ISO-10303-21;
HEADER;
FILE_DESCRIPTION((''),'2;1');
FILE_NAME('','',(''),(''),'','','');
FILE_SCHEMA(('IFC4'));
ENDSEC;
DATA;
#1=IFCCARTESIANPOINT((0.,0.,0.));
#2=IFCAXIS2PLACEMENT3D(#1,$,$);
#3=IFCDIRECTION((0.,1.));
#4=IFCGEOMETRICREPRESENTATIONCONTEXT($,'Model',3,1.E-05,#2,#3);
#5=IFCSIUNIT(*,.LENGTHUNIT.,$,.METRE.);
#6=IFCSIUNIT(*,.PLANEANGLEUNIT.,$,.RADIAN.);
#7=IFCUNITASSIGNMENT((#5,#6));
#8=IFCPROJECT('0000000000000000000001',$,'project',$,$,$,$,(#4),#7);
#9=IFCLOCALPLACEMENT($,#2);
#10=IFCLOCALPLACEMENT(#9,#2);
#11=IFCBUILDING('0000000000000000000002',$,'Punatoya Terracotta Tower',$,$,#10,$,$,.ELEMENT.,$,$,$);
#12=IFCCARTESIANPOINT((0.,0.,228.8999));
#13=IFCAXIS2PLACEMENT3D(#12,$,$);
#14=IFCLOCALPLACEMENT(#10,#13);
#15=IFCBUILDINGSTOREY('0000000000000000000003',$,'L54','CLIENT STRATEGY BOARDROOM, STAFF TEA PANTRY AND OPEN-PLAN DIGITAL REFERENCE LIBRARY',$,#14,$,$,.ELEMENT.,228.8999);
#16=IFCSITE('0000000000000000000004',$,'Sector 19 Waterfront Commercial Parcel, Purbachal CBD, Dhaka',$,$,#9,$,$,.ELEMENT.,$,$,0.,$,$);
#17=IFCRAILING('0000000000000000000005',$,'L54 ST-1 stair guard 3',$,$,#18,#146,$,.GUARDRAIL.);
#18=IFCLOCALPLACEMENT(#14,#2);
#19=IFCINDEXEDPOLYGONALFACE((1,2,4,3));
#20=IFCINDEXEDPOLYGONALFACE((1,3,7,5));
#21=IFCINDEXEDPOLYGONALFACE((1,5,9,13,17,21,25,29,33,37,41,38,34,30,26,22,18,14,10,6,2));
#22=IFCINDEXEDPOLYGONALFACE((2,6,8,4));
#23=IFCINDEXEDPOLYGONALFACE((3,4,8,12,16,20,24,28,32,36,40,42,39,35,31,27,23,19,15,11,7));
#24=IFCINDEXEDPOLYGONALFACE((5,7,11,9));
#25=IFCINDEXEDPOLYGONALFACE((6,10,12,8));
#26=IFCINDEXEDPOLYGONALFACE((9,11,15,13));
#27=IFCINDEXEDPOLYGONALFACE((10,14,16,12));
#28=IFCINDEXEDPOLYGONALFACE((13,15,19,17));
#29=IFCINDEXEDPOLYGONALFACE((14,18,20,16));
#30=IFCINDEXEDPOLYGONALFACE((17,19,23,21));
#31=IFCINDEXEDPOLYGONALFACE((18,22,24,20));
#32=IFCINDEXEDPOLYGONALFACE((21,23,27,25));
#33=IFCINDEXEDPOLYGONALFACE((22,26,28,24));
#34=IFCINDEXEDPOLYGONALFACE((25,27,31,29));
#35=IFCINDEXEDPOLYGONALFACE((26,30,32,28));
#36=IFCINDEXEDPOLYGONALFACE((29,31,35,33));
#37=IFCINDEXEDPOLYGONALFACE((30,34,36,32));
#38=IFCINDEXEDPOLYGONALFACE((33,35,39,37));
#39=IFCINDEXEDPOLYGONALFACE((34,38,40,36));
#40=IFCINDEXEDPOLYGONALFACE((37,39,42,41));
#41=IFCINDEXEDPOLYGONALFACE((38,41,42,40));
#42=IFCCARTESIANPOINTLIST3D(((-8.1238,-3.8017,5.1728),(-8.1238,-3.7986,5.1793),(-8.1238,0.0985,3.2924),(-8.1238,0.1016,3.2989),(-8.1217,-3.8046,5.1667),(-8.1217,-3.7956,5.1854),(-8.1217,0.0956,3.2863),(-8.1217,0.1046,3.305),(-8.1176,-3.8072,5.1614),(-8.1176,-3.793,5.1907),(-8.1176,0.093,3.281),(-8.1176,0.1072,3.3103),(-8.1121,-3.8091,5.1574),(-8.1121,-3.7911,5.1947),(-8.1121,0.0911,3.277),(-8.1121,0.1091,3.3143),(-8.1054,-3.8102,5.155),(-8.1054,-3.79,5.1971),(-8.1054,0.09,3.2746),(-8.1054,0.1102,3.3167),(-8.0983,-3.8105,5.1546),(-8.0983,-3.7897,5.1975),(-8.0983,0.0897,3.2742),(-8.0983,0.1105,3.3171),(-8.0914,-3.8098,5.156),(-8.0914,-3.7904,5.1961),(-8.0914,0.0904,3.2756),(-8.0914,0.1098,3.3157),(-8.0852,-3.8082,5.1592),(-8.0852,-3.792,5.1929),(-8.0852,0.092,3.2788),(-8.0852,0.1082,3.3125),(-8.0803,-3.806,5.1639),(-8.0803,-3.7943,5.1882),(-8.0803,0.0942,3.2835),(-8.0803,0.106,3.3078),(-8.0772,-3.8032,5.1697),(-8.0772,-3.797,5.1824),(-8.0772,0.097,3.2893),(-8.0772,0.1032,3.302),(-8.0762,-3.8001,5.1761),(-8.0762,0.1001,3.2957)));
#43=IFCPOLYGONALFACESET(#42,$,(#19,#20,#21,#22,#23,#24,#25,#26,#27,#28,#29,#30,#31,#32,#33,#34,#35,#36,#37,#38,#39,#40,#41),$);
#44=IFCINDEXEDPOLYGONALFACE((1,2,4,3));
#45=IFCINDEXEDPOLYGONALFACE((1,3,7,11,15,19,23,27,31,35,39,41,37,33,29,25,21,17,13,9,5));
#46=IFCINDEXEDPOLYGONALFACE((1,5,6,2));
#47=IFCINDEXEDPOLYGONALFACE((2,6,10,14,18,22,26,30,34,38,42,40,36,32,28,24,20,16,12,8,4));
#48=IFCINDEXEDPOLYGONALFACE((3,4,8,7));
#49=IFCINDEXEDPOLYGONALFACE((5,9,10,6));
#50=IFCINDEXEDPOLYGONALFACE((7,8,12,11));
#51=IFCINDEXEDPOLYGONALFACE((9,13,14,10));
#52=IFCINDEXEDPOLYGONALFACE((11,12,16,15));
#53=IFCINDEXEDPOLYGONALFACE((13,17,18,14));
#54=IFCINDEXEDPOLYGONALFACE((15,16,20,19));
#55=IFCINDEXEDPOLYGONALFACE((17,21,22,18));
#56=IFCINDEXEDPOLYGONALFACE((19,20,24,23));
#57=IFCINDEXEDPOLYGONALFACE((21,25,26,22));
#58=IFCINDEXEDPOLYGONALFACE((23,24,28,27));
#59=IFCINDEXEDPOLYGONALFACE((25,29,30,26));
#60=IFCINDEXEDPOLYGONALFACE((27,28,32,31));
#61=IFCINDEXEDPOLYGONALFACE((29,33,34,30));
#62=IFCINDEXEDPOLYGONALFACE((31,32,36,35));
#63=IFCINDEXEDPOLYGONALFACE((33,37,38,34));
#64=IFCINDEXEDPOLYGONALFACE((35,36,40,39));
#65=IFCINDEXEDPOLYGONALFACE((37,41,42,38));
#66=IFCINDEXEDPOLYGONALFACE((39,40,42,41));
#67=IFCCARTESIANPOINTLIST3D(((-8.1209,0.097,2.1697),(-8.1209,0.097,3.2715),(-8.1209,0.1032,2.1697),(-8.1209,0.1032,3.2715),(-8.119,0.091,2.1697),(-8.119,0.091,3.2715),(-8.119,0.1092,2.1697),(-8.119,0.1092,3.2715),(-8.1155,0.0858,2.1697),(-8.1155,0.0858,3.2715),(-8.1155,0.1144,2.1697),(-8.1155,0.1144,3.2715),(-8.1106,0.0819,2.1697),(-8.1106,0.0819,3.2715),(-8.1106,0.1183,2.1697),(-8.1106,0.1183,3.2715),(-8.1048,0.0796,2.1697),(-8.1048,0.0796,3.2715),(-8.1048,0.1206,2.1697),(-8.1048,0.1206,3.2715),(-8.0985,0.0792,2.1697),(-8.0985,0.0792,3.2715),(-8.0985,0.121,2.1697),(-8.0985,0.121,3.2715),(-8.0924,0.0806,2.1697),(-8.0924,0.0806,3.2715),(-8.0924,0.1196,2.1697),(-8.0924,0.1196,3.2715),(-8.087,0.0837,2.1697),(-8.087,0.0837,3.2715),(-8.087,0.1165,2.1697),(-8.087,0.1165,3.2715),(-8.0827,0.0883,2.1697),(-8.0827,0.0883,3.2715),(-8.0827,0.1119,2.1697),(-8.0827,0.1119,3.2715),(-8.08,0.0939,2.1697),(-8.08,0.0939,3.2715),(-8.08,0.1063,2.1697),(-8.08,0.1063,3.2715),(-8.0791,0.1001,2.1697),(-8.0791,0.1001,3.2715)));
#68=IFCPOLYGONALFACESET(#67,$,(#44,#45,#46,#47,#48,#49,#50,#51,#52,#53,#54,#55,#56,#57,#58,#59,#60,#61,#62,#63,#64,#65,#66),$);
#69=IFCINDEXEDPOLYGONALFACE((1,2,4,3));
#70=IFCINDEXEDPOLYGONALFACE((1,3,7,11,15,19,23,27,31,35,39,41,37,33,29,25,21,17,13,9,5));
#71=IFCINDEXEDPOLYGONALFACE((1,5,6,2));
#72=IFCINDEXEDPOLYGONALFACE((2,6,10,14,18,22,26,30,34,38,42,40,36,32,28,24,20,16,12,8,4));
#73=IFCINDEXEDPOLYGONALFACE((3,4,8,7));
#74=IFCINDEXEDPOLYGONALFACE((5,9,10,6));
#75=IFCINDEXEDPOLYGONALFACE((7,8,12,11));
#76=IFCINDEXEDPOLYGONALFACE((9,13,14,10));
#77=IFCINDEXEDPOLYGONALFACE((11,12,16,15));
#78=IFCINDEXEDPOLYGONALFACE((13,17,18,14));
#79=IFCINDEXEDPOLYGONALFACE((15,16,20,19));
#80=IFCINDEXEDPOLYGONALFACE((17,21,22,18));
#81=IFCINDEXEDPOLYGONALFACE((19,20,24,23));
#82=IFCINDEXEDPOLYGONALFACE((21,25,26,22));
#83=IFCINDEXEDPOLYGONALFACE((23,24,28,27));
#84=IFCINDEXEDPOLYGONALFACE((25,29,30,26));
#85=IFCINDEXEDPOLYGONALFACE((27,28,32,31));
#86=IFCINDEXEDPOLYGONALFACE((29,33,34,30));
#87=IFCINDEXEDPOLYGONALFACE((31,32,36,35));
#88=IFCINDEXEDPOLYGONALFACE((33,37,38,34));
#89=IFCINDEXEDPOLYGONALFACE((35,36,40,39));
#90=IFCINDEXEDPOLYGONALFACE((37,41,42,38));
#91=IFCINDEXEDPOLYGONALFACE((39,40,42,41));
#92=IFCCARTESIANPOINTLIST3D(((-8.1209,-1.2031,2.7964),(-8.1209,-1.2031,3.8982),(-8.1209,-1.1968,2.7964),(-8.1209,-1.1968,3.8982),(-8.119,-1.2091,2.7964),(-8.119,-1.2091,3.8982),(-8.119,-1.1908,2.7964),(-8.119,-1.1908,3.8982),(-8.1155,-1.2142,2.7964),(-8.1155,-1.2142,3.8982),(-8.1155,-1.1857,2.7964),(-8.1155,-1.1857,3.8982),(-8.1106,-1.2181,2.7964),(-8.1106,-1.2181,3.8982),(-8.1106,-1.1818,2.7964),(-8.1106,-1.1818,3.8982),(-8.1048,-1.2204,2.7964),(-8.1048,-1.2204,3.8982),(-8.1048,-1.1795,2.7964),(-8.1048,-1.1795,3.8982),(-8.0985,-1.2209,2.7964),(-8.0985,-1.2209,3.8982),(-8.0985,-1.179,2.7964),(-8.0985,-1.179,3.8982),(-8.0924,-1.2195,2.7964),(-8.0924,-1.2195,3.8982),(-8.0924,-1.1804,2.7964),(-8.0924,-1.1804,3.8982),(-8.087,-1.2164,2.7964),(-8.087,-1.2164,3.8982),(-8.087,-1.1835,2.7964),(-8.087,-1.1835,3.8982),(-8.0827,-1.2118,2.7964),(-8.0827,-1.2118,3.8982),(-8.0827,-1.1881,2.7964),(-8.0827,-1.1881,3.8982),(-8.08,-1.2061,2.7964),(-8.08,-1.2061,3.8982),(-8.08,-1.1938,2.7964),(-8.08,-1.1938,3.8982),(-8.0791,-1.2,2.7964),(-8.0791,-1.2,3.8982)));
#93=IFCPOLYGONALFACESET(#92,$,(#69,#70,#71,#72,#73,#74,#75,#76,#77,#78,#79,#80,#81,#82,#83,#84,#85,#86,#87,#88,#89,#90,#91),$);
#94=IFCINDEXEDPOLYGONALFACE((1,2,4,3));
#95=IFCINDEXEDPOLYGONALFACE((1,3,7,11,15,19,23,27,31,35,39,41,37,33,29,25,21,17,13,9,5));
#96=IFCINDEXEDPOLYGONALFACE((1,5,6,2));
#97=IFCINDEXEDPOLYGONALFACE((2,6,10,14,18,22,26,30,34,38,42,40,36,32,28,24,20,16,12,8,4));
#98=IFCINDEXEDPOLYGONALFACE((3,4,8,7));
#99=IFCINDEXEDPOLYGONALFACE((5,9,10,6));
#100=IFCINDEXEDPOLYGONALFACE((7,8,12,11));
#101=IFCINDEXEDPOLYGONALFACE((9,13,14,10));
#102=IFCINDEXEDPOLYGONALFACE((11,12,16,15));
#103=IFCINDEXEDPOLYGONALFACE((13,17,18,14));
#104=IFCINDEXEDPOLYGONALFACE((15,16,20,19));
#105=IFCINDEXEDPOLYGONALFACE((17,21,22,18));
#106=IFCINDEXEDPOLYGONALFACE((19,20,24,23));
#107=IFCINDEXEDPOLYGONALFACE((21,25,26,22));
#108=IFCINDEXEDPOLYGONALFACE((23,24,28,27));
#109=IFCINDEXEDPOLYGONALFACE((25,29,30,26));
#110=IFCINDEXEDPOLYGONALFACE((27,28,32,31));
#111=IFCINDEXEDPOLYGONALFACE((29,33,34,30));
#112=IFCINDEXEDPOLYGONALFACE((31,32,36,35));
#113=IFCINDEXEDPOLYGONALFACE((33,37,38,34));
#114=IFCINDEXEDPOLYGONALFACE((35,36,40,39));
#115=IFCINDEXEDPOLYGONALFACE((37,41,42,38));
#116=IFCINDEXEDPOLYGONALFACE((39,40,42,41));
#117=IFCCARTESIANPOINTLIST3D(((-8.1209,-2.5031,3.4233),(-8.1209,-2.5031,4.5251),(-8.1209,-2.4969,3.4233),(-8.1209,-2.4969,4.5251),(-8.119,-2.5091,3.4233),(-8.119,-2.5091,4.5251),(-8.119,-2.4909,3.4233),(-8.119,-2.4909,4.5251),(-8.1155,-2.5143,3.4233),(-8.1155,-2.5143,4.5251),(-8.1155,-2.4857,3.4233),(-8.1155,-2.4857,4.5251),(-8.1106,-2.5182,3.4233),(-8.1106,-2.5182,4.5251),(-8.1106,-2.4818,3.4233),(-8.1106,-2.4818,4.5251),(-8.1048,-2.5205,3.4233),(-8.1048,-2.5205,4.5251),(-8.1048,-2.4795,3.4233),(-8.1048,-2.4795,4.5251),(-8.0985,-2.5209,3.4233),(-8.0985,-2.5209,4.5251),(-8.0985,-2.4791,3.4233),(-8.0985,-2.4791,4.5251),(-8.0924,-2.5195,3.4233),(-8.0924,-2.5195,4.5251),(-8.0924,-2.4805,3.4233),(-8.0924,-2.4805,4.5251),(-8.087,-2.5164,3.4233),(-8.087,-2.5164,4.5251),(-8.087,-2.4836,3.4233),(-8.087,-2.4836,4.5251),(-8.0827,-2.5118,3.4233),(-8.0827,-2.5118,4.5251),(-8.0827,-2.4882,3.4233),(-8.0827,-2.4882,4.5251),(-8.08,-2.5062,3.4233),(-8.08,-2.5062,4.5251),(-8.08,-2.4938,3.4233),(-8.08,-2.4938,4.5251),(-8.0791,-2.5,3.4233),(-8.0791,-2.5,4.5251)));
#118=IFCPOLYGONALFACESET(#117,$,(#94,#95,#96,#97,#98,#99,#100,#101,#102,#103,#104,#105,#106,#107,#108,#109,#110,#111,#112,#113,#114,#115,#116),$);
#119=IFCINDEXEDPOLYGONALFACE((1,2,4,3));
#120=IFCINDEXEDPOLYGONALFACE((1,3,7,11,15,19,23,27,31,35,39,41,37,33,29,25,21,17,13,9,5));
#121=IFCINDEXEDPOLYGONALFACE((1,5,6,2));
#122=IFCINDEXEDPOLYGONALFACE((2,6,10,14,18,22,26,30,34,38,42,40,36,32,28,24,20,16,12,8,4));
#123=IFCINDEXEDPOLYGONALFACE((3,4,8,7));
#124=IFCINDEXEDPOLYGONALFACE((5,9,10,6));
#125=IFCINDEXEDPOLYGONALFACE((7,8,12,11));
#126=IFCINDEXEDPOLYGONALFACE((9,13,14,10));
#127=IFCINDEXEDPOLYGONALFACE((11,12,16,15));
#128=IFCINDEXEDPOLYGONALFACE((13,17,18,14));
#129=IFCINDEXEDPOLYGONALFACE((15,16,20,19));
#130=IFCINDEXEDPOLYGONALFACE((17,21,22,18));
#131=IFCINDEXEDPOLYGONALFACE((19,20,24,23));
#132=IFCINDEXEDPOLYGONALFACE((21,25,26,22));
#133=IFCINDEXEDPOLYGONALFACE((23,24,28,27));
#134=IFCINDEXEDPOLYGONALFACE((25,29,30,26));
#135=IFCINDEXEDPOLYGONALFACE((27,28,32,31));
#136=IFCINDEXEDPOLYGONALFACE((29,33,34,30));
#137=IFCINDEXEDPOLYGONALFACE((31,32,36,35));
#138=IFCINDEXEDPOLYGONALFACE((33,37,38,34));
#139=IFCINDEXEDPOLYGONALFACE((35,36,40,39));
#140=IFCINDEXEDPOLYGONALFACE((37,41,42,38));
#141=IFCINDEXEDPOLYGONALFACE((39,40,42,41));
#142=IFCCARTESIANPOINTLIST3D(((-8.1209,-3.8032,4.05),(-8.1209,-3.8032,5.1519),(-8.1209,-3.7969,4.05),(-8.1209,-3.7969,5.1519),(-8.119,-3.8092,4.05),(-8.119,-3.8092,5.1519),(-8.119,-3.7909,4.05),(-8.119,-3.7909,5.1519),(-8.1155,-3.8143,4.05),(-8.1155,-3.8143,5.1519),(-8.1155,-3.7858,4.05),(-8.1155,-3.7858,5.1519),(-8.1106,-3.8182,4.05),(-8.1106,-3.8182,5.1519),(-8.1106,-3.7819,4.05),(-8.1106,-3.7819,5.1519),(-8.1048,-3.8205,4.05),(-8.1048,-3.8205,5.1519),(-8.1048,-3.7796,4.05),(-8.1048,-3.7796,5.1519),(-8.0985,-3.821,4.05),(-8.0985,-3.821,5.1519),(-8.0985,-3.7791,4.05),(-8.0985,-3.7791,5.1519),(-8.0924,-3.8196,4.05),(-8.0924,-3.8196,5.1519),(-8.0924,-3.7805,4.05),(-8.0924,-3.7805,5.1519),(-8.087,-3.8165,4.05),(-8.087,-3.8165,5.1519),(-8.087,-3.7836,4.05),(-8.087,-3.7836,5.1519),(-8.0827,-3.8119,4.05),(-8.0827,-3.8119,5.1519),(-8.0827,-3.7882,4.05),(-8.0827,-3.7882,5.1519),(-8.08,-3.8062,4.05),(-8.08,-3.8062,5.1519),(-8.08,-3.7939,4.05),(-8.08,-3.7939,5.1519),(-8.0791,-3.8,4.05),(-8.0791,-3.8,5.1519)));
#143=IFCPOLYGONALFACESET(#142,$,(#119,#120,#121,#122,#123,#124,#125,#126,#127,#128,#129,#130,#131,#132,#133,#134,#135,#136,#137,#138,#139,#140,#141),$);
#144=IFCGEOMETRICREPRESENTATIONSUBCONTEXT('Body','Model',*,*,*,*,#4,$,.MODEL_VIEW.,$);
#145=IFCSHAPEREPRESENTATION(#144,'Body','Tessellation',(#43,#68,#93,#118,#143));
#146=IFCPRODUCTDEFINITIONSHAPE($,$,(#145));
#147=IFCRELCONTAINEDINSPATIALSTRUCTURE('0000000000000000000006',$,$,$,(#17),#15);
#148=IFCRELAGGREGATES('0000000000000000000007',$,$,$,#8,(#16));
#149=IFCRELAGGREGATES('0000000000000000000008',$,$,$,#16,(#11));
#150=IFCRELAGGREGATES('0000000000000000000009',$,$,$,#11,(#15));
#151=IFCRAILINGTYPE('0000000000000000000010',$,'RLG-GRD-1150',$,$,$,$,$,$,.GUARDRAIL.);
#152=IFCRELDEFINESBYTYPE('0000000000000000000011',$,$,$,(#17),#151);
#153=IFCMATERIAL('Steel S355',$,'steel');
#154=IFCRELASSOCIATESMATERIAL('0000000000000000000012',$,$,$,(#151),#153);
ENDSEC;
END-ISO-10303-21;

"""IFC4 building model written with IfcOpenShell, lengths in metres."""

from ifc_helpers import new_model, si_unit, direction, frame, origin, origin_2d, place, context, subcontext, project, spatial, circle, extrude, material, type_object, element, save


model = new_model("IFC4")

# Units and contexts
model_context = context("Model", 3, precision=1e-05, world=origin(), true_north=direction((0.0, 1.0)))
body_context = subcontext(model_context, "Body", "Model", "MODEL_VIEW")
ifc_project = project(units=[si_unit("LENGTHUNIT", "METRE"), si_unit("PLANEANGLEUNIT", "RADIAN")], contexts=[model_context])

# Site, building, storey
site_placement = place(None, origin())
site = spatial("IfcSite", under=ifc_project, at=site_placement, Name="Sector 19 Waterfront Commercial Parcel, Purbachal CBD, Dhaka", CompositionType="ELEMENT", RefElevation=0.0)
building_placement = place(site_placement, origin())
building = spatial("IfcBuilding", under=site, at=building_placement, Name="Punatoya Terracotta Tower", CompositionType="ELEMENT")
storey_placement = place(building_placement, frame((0.0, 0.0, 228.8999)))
storey = spatial("IfcBuildingStorey", under=building, at=storey_placement, Name="L54", Description="CLIENT STRATEGY BOARDROOM, STAFF TEA PANTRY AND OPEN-PLAN DIGITAL REFERENCE LIBRARY", CompositionType="ELEMENT", Elevation=228.8999)

# Railing
ifc_material_1 = material(Name="Steel S355", Category="steel")
railing_type = type_object("IfcRailingType", Name="RLG-GRD-1150", PredefinedType="GUARDRAIL", material=ifc_material_1)
railing_1_placement = place(storey_placement, frame((-8.1001, 0.1001, 2.1697)))
element("IfcRailing", 1, at=railing_1_placement, inside=storey, type_object=railing_type, Name="L54 ST-1 stair guard 3", PredefinedType="GUARDRAIL", context=body_context, shape_type="SweptSolid", body=[
    extrude(circle(Radius=0.0239, at=origin_2d()), frame((0.0, 0.0, 1.126), z_axis=(0.0, -0.900774, 0.434289), x_axis=(1.0, 0.0, 0.0)), (0.0, 0.0, 1.0), 4.3298),
    extrude(circle(Radius=0.021, at=origin_2d()), origin(), (0.0, 0.0, 1.0), 1.1018),
    extrude(circle(Radius=0.021, at=origin_2d()), frame((0.0, -1.3, 0.6267)), (0.0, 0.0, 1.0), 1.1018),
    extrude(circle(Radius=0.021, at=origin_2d()), frame((0.0, -2.6001, 1.2537)), (0.0, 0.0, 1.0), 1.1018),
    extrude(circle(Radius=0.021, at=origin_2d()), frame((0.0, -3.9001, 1.8804)), (0.0, 0.0, 1.0), 1.1018),
])

save(model, "model.ifc")
